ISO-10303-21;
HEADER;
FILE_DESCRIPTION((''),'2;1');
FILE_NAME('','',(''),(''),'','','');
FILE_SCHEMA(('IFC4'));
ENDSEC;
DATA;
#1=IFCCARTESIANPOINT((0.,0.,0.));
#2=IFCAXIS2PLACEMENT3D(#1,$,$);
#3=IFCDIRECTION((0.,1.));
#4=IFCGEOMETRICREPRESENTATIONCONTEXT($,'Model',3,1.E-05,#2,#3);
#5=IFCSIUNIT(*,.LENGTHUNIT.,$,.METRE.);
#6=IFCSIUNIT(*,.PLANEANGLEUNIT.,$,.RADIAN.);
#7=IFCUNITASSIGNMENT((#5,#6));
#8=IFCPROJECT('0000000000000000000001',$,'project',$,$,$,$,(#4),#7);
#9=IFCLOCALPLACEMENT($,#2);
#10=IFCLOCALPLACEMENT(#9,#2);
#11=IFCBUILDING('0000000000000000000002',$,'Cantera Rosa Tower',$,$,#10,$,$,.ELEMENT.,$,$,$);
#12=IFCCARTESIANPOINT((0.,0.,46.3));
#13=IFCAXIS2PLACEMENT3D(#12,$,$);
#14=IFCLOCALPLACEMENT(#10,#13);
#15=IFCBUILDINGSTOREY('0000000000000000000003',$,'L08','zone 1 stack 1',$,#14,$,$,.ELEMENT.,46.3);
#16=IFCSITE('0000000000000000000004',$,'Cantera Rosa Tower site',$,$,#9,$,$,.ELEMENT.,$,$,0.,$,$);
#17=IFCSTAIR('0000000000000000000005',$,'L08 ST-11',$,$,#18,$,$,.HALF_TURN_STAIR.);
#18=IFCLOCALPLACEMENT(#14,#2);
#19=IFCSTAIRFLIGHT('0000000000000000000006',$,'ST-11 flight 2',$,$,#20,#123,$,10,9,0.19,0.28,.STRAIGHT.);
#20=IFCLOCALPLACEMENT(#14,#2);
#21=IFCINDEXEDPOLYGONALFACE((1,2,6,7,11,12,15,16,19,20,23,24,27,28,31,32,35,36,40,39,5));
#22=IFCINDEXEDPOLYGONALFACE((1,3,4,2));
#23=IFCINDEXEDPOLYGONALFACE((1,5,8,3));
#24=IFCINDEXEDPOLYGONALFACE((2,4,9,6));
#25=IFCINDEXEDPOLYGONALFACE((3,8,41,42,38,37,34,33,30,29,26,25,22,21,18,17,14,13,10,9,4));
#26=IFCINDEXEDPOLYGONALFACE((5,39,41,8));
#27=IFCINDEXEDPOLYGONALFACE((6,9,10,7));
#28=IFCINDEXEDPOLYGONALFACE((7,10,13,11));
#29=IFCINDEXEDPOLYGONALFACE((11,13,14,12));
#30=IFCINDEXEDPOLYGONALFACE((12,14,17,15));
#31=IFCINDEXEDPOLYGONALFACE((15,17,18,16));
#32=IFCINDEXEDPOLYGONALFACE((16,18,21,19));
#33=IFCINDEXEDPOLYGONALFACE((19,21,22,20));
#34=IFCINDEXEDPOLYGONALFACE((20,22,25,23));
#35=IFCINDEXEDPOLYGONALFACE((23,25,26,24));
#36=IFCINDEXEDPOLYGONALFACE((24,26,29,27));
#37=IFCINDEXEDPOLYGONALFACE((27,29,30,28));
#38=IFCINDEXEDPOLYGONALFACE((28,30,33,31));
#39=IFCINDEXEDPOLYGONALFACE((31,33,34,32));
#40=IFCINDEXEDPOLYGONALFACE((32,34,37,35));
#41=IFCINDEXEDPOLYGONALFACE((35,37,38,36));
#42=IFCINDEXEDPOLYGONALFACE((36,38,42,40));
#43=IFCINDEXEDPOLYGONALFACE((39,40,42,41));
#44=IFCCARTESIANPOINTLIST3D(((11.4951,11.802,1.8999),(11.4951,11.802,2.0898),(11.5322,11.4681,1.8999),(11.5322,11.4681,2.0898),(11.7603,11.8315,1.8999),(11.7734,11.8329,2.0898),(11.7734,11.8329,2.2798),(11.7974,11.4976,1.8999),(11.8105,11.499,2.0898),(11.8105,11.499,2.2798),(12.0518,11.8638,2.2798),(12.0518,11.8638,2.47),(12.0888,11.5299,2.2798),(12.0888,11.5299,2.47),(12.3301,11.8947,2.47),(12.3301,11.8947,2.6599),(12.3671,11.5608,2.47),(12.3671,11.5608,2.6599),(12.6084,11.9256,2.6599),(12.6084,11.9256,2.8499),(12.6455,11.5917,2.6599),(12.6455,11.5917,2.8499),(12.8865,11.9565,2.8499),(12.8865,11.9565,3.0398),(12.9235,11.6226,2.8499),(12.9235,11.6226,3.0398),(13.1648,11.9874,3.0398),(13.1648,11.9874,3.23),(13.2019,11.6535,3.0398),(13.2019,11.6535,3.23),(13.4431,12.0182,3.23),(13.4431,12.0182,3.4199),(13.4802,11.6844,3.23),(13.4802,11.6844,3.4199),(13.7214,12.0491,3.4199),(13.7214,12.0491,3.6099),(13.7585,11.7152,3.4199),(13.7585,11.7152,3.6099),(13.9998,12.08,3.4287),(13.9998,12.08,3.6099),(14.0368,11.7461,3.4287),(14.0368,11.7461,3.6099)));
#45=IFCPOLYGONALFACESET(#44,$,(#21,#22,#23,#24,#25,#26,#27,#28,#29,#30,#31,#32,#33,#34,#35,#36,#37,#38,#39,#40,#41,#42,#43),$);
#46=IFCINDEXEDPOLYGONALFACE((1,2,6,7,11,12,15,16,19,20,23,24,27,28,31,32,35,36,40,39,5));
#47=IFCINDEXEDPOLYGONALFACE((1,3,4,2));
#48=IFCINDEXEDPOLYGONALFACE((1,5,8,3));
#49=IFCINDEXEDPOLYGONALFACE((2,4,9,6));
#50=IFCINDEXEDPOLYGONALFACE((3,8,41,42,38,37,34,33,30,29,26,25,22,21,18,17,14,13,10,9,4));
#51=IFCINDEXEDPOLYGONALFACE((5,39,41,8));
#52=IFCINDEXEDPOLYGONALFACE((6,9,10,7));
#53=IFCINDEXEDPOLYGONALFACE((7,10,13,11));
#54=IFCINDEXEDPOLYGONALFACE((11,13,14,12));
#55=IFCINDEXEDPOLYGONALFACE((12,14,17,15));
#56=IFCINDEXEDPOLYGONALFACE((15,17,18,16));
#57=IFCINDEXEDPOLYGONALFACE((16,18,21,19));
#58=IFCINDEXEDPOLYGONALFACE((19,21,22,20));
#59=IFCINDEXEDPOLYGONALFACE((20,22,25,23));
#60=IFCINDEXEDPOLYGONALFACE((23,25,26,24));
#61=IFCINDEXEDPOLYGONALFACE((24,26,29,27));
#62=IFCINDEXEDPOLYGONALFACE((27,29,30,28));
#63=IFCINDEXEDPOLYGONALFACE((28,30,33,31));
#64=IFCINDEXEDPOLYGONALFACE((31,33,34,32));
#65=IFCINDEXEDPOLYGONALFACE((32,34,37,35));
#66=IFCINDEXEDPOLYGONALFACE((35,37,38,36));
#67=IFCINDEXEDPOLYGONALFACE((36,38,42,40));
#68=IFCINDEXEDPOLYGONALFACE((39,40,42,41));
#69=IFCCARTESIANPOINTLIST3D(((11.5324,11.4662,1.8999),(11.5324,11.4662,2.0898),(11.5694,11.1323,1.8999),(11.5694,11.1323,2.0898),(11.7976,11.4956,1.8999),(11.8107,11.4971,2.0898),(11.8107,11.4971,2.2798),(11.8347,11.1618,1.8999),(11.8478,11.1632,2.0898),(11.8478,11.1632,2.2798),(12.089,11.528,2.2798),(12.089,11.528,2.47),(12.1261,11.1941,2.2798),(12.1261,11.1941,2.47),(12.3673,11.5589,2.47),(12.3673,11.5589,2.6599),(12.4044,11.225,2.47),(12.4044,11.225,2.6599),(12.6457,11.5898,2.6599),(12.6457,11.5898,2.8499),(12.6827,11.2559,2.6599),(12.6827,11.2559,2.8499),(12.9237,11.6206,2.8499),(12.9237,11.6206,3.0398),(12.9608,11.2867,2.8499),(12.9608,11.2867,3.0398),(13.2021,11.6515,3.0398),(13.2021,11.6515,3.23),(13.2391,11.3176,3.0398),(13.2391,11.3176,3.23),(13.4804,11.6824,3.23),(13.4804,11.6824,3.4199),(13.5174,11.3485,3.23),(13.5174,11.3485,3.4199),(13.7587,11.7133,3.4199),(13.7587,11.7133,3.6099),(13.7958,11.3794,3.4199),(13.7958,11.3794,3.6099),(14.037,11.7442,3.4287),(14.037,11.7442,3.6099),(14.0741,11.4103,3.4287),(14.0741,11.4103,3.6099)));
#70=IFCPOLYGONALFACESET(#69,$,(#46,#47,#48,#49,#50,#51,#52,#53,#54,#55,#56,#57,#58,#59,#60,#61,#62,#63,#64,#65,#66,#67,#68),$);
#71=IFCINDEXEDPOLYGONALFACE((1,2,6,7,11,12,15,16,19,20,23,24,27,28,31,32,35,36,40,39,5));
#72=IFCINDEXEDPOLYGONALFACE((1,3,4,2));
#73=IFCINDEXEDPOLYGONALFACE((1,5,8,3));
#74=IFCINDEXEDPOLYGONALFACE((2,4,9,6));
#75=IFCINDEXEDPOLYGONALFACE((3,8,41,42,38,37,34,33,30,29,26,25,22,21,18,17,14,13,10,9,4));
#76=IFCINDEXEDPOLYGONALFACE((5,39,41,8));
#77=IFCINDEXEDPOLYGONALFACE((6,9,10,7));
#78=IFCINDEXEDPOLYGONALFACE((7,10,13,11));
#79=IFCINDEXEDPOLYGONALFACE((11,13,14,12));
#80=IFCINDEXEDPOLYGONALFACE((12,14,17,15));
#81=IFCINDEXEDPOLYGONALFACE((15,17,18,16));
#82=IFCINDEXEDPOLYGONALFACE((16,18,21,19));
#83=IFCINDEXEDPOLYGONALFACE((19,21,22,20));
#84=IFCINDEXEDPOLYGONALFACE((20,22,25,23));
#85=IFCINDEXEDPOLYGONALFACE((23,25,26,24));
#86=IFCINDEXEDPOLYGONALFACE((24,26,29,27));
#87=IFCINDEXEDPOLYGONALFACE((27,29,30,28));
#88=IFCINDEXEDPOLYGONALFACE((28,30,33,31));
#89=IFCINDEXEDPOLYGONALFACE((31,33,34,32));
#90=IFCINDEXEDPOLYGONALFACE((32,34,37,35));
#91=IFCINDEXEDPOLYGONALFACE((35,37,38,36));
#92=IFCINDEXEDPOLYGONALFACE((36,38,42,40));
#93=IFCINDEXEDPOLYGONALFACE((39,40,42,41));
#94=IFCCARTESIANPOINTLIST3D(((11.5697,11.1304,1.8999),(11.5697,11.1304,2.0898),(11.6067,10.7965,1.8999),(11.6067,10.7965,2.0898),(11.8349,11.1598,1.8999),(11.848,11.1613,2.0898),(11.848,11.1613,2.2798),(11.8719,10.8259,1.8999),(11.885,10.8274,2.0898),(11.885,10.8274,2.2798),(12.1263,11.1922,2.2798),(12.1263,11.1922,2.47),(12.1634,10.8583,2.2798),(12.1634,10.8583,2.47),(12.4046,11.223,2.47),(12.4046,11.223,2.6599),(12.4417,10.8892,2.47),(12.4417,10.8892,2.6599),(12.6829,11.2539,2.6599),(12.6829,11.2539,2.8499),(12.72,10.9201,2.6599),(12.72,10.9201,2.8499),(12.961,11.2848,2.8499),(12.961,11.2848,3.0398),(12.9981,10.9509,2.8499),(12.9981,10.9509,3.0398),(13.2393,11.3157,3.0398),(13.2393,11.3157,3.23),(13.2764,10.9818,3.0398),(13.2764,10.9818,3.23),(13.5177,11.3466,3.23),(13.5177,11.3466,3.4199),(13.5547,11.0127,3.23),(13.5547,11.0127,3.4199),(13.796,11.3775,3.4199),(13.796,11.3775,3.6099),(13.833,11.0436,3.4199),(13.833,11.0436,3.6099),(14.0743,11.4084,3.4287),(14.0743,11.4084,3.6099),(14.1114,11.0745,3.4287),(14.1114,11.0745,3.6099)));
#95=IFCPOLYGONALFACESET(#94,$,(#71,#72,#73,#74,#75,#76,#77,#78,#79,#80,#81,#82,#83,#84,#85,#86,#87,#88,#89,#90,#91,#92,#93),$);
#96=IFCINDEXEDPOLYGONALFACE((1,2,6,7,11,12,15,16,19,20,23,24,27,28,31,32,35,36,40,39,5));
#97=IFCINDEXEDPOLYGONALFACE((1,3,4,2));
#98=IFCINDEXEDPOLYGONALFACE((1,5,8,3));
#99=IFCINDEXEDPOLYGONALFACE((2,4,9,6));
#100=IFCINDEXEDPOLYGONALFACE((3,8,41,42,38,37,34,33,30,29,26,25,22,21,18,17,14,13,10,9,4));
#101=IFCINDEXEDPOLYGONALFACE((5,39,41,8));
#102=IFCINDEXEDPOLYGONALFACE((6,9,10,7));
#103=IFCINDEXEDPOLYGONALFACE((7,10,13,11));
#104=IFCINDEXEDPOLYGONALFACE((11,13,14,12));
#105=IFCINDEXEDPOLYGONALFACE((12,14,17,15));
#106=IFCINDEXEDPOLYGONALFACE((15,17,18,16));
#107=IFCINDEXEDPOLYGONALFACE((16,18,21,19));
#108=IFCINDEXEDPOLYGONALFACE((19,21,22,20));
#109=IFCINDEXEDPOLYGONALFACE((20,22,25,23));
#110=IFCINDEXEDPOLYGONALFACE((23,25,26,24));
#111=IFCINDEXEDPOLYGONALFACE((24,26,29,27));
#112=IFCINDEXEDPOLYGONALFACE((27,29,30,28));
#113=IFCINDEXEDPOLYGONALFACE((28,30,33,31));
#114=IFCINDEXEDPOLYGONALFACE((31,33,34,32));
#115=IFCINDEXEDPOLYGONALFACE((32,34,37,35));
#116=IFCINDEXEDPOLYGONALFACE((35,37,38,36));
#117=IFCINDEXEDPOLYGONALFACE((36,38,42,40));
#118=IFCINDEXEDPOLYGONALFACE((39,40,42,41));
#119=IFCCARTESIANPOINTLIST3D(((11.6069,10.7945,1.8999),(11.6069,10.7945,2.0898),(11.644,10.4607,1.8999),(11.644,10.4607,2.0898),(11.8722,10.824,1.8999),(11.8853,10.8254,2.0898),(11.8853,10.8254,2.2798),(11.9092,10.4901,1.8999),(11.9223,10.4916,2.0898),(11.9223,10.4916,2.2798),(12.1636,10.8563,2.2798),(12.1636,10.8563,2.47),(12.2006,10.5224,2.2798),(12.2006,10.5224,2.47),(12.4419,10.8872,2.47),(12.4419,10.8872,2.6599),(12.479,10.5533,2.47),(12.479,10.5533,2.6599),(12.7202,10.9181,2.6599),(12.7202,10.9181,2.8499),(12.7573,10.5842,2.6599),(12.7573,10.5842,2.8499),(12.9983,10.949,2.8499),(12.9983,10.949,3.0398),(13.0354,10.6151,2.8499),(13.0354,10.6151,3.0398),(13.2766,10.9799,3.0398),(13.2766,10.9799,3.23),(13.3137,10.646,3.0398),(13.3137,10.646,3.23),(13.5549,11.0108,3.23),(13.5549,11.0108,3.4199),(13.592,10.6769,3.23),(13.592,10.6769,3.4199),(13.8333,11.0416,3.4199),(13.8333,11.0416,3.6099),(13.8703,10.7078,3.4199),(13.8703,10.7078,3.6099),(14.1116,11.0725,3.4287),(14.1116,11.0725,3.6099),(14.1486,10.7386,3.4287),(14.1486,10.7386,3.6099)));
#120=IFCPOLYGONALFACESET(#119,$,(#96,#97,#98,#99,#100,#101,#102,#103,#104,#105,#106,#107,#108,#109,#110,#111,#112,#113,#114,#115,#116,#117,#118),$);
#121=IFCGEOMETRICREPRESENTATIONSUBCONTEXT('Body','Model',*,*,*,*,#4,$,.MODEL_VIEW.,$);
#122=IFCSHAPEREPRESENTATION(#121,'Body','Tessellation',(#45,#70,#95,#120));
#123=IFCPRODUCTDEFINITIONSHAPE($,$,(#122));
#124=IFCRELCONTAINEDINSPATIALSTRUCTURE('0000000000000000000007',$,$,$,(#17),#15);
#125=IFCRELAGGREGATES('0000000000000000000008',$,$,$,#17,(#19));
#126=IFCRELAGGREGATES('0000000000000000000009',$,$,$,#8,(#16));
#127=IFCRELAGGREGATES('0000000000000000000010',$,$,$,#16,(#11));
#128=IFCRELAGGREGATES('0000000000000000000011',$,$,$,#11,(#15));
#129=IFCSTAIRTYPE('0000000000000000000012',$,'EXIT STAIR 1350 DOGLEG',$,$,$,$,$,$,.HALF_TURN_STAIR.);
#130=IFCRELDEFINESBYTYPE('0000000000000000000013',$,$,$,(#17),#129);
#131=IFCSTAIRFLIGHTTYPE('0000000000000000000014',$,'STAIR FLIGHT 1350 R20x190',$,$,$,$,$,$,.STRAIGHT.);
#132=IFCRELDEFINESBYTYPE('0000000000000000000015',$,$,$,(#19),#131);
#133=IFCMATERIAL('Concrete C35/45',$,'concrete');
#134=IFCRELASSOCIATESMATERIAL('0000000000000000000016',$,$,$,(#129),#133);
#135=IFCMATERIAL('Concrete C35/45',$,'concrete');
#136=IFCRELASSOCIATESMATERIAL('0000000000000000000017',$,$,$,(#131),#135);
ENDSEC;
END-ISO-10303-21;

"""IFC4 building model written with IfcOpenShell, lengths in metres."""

from ifc_helpers import new_model, si_unit, direction, frame, origin, place, context, subcontext, project, spatial, polyline, outline, extrude, material, type_object, element, aggregate, save


model = new_model("IFC4")

# Units and contexts
model_context = context("Model", 3, precision=1e-05, world=origin(), true_north=direction((0.0, 1.0)))
body_context = subcontext(model_context, "Body", "Model", "MODEL_VIEW")
ifc_project = project(units=[si_unit("LENGTHUNIT", "METRE"), si_unit("PLANEANGLEUNIT", "RADIAN")], contexts=[model_context])

# Site, building, storey
site_placement = place(None, origin())
site = spatial("IfcSite", under=ifc_project, at=site_placement, Name="Cantera Rosa Tower site", CompositionType="ELEMENT", RefElevation=0.0)
building_placement = place(site_placement, origin())
building = spatial("IfcBuilding", under=site, at=building_placement, Name="Cantera Rosa Tower", CompositionType="ELEMENT")
storey_placement = place(building_placement, frame((0.0, 0.0, 46.3)))
storey = spatial("IfcBuildingStorey", under=building, at=storey_placement, Name="L08", Description="zone 1 stack 1", CompositionType="ELEMENT", Elevation=46.3)

# Stair, stair flight
ifc_material_1 = material(Name="Concrete C35/45", Category="concrete")
stair_type = type_object("IfcStairType", Name="EXIT STAIR 1350 DOGLEG", PredefinedType="HALF_TURN_STAIR", material=ifc_material_1)
stair_placement = place(storey_placement, origin())
stair = element("IfcStair", 1, at=stair_placement, inside=storey, type_object=stair_type, Name="L08 ST-11", PredefinedType="HALF_TURN_STAIR")
ifc_material_2 = material(Name="Concrete C35/45", Category="concrete")
stair_flight_type = type_object("IfcStairFlightType", Name="STAIR FLIGHT 1350 R20x190", PredefinedType="STRAIGHT", material=ifc_material_2)
stair_flight_placement = place(storey_placement, frame((11.5696, 11.1311, 1.8999), z_axis=(0.0, 0.0, 1.0), x_axis=(0.993897, 0.110313, 0.0)))
stair_flight = element("IfcStairFlight", 2, at=stair_flight_placement, type_object=stair_flight_type, Name="ST-11 flight 2", NumberOfRisers=10, NumberOfTreads=9, PredefinedType="STRAIGHT", RiserHeight=0.19, TreadLength=0.28, context=body_context, shape_type="SweptSolid", body=[
    extrude(outline(polyline([(0.0, 0.0), (0.0, 0.1899), (0.28, 0.1899), (0.28, 0.3799), (0.5601, 0.3799), (0.5601, 0.5701), (0.8401, 0.5701), (0.8401, 0.76), (1.1201, 0.76), (1.1201, 0.95), (1.3999, 0.95), (1.3999, 1.1399), (1.6799, 1.1399), (1.6799, 1.3301), (1.96, 1.3301), (1.96, 1.52), (2.24, 1.52), (2.24, 1.71), (2.52, 1.71), (2.52, 1.8999), (2.52, 1.5288), (0.2668, 0.0), (0.0, 0.0)])), frame((0.0, 0.675, 0.0), z_axis=(0.0, -1.0, 0.0), x_axis=(1.0, 0.0, 0.0)), (0.0, 0.0, 1.0), 0.3359),
    extrude(outline(polyline([(0.0, 0.0), (0.0, 0.1899), (0.28, 0.1899), (0.28, 0.3799), (0.5601, 0.3799), (0.5601, 0.5701), (0.8401, 0.5701), (0.8401, 0.76), (1.1201, 0.76), (1.1201, 0.95), (1.3999, 0.95), (1.3999, 1.1399), (1.6799, 1.1399), (1.6799, 1.3301), (1.96, 1.3301), (1.96, 1.52), (2.24, 1.52), (2.24, 1.71), (2.52, 1.71), (2.52, 1.8999), (2.52, 1.5288), (0.2668, 0.0), (0.0, 0.0)])), frame((0.0, 0.3372, 0.0), z_axis=(0.0, -1.0, 0.0), x_axis=(1.0, 0.0, 0.0)), (0.0, 0.0, 1.0), 0.3359),
    extrude(outline(polyline([(0.0, 0.0), (0.0, 0.1899), (0.28, 0.1899), (0.28, 0.3799), (0.5601, 0.3799), (0.5601, 0.5701), (0.8401, 0.5701), (0.8401, 0.76), (1.1201, 0.76), (1.1201, 0.95), (1.3999, 0.95), (1.3999, 1.1399), (1.6799, 1.1399), (1.6799, 1.3301), (1.96, 1.3301), (1.96, 1.52), (2.24, 1.52), (2.24, 1.71), (2.52, 1.71), (2.52, 1.8999), (2.52, 1.5288), (0.2668, 0.0), (0.0, 0.0)])), frame((0.0, -0.0007, 0.0), z_axis=(0.0, -1.0, 0.0), x_axis=(1.0, 0.0, 0.0)), (0.0, 0.0, 1.0), 0.3359),
    extrude(outline(polyline([(0.0, 0.0), (0.0, 0.1899), (0.28, 0.1899), (0.28, 0.3799), (0.5601, 0.3799), (0.5601, 0.5701), (0.8401, 0.5701), (0.8401, 0.76), (1.1201, 0.76), (1.1201, 0.95), (1.3999, 0.95), (1.3999, 1.1399), (1.6799, 1.1399), (1.6799, 1.3301), (1.96, 1.3301), (1.96, 1.52), (2.24, 1.52), (2.24, 1.71), (2.52, 1.71), (2.52, 1.8999), (2.52, 1.5288), (0.2668, 0.0), (0.0, 0.0)])), frame((0.0, -0.3386, 0.0), z_axis=(0.0, -1.0, 0.0), x_axis=(1.0, 0.0, 0.0)), (0.0, 0.0, 1.0), 0.3359),
])
aggregate(stair, [stair_flight])

save(model, "model.ifc")
